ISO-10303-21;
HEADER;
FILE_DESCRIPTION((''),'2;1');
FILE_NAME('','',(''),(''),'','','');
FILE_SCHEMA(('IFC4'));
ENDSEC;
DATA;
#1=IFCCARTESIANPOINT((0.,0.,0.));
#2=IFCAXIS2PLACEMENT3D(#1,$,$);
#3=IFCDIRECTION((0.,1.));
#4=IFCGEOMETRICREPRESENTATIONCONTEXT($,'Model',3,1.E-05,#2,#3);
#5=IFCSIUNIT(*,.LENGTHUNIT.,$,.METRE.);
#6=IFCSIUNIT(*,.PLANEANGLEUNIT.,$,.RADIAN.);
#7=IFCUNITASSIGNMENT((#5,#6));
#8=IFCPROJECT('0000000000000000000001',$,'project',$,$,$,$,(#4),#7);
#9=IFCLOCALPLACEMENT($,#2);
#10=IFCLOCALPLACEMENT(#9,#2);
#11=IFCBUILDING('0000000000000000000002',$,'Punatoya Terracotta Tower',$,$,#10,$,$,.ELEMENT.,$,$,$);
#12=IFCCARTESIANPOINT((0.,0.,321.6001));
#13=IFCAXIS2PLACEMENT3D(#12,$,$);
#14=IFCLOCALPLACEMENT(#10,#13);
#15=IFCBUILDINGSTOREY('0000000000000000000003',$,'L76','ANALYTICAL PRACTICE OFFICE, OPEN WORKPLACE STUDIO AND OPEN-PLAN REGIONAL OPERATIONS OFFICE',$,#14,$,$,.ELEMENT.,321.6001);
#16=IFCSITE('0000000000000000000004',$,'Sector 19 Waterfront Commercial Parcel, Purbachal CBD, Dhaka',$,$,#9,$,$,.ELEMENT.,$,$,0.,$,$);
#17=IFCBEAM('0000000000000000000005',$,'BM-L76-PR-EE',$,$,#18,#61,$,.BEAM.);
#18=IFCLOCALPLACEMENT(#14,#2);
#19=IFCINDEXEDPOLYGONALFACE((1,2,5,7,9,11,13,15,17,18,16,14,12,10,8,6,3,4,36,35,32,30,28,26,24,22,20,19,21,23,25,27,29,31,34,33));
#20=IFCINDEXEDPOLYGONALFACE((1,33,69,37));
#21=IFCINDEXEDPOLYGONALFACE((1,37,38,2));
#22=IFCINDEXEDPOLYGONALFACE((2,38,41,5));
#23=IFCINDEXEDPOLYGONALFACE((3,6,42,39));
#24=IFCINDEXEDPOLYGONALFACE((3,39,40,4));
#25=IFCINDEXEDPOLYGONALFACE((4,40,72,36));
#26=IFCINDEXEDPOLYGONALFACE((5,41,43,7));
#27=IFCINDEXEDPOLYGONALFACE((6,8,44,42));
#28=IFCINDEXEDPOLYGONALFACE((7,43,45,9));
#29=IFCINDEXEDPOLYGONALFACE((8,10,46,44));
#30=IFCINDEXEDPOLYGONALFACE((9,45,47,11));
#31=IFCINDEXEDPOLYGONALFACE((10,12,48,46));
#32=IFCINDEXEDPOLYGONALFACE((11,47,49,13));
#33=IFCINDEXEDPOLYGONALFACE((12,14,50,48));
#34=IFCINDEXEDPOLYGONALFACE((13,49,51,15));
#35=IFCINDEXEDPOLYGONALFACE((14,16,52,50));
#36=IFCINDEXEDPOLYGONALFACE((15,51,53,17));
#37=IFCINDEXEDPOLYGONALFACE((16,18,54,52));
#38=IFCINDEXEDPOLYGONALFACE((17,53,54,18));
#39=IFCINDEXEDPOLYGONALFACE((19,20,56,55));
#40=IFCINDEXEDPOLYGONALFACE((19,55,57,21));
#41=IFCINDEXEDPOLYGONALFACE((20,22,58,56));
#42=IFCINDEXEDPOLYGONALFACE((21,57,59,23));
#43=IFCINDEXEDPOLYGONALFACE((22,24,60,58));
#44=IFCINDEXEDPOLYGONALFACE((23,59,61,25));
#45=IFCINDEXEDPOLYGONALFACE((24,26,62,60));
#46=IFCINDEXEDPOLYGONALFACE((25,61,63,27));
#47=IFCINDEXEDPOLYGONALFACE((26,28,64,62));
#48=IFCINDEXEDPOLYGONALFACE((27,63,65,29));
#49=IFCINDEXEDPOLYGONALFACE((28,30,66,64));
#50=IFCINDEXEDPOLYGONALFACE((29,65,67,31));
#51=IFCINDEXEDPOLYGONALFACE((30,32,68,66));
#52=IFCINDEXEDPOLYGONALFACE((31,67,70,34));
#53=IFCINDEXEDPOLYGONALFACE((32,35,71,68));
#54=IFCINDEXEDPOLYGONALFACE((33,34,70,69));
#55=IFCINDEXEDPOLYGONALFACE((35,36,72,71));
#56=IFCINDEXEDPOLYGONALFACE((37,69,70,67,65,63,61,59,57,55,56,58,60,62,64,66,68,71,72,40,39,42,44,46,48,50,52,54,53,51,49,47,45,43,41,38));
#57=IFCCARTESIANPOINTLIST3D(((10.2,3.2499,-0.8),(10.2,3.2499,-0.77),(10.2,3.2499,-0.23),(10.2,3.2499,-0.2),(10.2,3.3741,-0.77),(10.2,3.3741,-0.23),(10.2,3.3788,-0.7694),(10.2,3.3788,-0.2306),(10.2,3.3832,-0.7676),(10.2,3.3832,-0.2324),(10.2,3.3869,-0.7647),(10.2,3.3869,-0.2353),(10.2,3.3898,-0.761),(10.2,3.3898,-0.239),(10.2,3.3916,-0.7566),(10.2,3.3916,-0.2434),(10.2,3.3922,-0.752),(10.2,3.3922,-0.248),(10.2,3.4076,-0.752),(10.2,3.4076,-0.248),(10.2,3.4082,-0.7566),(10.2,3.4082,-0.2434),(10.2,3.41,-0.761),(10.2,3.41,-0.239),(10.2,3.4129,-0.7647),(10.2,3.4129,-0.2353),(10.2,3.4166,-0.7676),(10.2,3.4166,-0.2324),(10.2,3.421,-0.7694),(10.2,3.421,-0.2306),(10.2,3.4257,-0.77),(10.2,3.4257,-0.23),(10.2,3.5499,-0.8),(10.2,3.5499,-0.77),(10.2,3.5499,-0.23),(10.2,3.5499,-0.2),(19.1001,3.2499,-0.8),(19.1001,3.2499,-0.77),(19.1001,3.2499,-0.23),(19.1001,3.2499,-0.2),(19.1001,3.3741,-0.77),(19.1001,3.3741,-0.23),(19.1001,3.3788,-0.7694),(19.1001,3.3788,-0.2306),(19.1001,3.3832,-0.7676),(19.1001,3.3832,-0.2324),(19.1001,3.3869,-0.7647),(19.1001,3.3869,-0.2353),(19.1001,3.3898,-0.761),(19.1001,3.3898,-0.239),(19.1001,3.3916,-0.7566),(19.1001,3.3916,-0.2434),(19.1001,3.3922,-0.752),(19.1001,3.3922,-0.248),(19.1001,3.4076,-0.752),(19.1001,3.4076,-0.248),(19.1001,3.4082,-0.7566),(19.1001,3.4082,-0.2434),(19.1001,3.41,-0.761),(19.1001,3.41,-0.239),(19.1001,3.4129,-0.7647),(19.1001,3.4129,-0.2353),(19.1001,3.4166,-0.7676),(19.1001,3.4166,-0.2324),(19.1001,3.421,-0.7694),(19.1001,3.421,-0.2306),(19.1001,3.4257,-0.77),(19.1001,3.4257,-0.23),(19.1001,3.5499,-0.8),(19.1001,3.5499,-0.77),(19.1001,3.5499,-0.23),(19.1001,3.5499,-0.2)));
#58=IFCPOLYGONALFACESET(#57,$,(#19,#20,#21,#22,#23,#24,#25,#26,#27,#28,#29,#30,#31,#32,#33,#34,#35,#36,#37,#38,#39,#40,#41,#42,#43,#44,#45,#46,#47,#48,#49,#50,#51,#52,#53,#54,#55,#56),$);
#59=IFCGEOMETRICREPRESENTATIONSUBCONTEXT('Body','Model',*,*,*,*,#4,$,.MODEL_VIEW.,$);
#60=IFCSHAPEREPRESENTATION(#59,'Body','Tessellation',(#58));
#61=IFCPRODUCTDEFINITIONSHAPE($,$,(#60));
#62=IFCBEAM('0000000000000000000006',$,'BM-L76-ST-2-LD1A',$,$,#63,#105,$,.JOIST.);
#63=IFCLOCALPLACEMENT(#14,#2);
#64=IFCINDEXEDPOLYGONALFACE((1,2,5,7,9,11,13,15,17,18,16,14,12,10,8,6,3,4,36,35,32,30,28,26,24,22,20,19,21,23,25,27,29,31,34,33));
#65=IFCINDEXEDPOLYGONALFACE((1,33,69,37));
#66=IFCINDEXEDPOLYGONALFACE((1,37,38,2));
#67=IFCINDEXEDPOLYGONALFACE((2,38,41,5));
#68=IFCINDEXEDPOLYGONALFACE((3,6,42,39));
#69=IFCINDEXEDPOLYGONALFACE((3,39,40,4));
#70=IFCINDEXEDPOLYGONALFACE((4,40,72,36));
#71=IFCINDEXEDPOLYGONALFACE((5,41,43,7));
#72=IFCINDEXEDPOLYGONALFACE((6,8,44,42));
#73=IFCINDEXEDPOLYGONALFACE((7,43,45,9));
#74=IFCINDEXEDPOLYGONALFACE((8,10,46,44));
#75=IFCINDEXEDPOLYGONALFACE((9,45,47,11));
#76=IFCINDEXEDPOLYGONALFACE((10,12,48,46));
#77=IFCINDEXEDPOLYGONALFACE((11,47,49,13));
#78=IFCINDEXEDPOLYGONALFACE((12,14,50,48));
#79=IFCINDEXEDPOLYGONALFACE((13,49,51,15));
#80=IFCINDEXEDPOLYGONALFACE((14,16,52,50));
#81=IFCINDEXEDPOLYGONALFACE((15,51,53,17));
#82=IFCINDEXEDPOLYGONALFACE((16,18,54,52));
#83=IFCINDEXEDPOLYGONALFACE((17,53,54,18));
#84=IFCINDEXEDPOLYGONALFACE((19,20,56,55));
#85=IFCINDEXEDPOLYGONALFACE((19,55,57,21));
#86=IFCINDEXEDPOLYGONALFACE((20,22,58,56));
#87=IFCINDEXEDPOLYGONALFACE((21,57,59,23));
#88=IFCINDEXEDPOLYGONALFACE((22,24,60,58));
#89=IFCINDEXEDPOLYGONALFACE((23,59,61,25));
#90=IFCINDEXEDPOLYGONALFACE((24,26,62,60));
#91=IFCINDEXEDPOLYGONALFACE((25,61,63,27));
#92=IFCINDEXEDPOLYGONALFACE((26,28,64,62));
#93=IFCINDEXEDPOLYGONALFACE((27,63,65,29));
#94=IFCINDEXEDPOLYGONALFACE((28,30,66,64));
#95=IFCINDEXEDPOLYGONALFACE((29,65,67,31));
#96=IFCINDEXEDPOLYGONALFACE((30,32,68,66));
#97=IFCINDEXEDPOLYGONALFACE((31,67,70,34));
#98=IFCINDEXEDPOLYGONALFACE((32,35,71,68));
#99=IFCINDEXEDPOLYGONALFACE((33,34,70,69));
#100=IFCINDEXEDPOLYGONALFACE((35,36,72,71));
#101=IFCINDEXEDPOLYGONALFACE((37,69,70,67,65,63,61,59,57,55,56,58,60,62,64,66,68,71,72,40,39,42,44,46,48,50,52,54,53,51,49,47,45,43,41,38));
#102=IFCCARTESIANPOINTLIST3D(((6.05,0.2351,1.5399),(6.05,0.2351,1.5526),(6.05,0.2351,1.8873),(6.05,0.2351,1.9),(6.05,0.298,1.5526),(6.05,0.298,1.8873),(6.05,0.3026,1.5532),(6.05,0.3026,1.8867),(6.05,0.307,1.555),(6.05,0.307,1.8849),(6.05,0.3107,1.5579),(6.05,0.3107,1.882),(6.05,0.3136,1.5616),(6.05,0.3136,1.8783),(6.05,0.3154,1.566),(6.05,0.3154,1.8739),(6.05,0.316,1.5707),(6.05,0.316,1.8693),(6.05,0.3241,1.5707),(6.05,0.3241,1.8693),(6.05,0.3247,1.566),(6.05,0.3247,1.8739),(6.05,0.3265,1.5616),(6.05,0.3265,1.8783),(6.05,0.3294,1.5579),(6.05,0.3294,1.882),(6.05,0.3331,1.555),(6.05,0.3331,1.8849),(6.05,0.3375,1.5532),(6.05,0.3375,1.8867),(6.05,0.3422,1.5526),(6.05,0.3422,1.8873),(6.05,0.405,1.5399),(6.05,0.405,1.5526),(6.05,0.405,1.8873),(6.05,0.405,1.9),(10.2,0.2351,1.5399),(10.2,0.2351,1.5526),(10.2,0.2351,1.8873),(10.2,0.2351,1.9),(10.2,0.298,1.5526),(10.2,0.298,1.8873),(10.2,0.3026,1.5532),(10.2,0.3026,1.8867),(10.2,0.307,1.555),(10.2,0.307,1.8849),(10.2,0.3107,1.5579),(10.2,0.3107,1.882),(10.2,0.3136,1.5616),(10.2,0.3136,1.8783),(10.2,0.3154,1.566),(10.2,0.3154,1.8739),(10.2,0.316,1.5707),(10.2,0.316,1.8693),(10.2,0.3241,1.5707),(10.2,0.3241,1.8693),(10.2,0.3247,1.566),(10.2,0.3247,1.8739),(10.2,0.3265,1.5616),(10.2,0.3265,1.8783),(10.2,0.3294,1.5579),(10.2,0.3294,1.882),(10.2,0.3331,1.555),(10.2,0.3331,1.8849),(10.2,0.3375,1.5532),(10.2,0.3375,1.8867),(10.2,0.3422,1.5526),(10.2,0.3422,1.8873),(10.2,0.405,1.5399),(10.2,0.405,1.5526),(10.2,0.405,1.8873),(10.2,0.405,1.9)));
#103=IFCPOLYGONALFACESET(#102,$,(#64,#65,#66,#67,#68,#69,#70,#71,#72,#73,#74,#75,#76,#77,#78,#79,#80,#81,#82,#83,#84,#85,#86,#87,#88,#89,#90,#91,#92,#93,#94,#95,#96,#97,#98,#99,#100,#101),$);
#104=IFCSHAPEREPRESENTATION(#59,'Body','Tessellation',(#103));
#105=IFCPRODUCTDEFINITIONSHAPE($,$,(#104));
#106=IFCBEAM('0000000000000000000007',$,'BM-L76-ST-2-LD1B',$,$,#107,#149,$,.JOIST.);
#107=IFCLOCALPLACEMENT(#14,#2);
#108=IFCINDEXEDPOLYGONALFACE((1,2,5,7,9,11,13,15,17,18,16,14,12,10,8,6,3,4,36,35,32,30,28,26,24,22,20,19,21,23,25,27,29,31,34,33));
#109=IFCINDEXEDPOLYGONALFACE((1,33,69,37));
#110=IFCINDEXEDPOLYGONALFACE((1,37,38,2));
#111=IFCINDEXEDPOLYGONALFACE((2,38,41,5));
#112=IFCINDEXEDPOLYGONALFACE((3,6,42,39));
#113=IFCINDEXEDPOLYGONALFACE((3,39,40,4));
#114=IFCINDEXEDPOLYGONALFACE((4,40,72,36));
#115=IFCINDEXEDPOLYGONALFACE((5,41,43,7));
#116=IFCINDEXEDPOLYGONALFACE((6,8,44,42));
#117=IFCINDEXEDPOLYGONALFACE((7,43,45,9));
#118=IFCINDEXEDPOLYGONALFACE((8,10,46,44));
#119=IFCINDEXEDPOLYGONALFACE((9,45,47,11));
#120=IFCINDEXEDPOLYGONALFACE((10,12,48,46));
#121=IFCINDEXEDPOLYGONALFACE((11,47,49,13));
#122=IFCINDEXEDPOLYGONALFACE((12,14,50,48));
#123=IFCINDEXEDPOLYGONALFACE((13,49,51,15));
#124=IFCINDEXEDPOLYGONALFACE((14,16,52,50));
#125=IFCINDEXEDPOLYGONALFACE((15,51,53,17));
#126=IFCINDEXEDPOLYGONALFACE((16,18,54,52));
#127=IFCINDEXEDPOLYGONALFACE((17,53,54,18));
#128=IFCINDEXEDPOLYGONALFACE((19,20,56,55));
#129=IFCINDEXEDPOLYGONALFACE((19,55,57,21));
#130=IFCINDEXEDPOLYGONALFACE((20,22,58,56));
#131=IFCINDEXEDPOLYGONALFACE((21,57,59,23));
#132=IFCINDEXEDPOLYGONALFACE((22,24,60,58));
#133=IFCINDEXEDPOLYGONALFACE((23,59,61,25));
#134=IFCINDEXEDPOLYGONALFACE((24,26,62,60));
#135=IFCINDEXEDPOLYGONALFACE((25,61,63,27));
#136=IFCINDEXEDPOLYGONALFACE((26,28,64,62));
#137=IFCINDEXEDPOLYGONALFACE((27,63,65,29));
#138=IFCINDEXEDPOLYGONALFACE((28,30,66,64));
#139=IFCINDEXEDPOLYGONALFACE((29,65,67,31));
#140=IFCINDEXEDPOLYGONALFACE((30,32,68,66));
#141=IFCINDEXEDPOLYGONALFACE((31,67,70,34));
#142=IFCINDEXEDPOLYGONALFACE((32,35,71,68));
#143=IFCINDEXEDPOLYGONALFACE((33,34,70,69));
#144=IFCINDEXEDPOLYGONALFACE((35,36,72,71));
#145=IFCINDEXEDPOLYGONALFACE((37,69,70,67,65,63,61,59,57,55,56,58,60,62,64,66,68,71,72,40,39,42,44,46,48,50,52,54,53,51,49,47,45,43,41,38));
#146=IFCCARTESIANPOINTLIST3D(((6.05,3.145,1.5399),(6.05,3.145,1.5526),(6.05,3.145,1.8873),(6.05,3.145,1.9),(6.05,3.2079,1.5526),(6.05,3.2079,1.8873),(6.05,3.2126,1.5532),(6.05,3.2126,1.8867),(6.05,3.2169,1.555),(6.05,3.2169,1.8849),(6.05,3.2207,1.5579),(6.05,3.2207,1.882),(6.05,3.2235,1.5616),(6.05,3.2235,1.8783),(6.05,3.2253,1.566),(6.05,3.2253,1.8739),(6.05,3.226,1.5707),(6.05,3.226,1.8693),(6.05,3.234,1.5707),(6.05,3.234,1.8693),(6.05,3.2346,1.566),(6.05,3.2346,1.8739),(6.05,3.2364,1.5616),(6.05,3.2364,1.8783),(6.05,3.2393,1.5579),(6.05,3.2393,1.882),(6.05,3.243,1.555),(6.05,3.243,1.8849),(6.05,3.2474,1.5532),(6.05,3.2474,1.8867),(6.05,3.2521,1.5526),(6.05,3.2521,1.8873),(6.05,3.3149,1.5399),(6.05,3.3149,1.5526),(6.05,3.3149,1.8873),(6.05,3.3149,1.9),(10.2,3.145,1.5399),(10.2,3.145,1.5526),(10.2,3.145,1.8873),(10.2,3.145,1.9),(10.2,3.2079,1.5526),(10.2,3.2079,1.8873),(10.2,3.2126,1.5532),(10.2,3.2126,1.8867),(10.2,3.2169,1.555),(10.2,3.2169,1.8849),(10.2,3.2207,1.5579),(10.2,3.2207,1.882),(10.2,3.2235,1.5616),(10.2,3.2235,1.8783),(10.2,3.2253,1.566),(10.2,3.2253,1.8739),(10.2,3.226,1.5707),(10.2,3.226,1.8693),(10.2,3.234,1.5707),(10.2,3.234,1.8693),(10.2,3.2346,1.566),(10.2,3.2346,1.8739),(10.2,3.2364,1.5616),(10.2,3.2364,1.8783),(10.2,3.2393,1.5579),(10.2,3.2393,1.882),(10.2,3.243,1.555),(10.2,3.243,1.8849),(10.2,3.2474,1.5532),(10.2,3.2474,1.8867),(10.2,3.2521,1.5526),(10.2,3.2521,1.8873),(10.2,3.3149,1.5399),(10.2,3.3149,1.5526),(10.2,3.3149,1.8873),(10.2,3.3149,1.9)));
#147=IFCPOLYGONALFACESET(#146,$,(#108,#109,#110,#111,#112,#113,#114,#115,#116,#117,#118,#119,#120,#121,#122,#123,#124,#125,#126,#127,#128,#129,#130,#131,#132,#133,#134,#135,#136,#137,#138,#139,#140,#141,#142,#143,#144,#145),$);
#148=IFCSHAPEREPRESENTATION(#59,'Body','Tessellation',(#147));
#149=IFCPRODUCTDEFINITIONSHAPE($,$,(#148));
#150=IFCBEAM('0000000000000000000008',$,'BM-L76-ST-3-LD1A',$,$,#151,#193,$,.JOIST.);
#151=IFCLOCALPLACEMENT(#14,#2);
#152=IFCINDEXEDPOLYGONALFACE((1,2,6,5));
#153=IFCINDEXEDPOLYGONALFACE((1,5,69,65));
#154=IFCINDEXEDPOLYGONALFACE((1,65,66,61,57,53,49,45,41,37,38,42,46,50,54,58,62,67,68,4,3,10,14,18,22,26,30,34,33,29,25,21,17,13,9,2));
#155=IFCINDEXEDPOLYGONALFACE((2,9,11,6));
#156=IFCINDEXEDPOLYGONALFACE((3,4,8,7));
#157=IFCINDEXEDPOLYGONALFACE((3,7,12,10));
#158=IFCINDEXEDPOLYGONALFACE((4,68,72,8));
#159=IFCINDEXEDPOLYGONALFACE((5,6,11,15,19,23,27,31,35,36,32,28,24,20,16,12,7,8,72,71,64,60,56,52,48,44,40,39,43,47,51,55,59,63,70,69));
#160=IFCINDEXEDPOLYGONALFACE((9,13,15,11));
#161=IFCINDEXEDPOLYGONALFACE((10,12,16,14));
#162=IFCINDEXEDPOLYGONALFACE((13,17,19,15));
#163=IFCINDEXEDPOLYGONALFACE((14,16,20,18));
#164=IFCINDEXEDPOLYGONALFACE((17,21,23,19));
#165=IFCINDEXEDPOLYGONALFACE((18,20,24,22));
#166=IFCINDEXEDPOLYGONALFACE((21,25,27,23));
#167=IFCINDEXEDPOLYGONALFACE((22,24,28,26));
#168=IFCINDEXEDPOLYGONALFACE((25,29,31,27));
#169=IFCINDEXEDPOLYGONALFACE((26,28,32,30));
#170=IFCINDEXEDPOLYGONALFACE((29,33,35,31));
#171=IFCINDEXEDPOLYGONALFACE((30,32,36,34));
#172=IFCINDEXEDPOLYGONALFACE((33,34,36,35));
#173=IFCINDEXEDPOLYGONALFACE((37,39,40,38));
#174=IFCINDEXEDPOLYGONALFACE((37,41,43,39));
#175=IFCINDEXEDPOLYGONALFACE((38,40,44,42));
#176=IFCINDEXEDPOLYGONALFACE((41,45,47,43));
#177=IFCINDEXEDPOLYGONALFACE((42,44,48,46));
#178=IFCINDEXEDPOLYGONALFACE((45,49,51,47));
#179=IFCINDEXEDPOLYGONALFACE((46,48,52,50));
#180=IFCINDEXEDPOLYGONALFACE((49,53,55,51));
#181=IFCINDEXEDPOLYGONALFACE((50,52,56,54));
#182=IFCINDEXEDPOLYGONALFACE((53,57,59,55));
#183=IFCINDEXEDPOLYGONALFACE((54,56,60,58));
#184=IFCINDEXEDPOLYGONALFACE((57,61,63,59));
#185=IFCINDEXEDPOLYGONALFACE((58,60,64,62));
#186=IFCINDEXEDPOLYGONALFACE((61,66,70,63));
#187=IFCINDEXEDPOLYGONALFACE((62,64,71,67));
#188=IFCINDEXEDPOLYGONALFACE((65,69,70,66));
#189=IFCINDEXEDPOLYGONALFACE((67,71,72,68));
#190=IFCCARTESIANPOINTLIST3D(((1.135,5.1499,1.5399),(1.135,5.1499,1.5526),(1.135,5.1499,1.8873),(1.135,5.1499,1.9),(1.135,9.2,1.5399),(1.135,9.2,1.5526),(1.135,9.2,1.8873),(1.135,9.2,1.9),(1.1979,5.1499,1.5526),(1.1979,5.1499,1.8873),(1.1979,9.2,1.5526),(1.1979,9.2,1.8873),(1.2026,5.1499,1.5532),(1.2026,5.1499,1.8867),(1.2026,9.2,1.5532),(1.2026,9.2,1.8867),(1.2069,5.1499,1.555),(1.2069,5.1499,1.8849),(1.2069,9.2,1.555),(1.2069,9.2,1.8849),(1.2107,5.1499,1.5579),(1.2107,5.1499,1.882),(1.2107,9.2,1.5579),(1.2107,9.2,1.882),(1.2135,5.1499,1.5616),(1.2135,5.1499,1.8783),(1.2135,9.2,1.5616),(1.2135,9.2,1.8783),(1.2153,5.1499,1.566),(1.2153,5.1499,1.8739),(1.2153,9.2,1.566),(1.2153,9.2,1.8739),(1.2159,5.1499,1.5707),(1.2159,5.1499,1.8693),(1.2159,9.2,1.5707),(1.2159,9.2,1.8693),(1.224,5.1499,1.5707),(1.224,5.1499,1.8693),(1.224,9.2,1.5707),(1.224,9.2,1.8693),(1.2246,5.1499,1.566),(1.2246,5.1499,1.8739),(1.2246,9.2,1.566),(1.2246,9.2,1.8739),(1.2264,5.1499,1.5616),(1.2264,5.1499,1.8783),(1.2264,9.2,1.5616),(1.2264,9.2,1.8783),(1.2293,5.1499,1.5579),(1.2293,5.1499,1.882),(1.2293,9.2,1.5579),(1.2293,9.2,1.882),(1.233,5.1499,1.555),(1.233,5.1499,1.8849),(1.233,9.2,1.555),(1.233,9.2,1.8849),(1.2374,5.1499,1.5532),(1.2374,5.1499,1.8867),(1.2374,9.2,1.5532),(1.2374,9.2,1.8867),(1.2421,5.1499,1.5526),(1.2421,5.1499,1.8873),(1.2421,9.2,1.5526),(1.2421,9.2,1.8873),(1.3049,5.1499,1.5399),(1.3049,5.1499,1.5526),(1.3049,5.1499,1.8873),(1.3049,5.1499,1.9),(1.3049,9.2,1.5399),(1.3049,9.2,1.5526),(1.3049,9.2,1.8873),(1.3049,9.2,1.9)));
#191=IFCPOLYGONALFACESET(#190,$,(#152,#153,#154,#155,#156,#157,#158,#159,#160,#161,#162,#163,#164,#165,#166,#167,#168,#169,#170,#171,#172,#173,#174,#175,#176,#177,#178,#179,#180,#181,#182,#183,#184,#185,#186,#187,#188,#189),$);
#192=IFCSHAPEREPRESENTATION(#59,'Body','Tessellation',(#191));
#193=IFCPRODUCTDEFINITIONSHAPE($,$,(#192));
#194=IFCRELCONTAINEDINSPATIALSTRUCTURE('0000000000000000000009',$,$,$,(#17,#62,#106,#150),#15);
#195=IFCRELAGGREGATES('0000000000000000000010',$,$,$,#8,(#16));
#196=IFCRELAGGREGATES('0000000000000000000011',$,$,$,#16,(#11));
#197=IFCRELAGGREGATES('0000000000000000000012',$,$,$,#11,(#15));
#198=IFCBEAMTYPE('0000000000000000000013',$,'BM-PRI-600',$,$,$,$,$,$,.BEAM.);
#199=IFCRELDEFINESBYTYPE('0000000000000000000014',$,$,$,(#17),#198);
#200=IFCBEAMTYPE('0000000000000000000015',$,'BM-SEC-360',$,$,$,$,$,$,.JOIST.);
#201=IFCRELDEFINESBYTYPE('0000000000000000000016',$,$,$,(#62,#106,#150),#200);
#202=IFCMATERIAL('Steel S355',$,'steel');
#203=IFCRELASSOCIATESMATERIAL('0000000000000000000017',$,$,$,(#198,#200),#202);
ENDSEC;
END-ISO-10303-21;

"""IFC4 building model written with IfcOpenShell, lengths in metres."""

from ifc_helpers import new_model, si_unit, direction, frame, origin, origin_2d, place, context, subcontext, project, spatial, i_section, extrude, material, material_profile, profile_set, type_object, element, save


model = new_model("IFC4")

# Units and contexts
model_context = context("Model", 3, precision=1e-05, world=origin(), true_north=direction((0.0, 1.0)))
body_context = subcontext(model_context, "Body", "Model", "MODEL_VIEW")
ifc_project = project(units=[si_unit("LENGTHUNIT", "METRE"), si_unit("PLANEANGLEUNIT", "RADIAN")], contexts=[model_context])

# Site, building, storey
site_placement = place(None, origin())
site = spatial("IfcSite", under=ifc_project, at=site_placement, Name="Sector 19 Waterfront Commercial Parcel, Purbachal CBD, Dhaka", CompositionType="ELEMENT", RefElevation=0.0)
building_placement = place(site_placement, origin())
building = spatial("IfcBuilding", under=site, at=building_placement, Name="Punatoya Terracotta Tower", CompositionType="ELEMENT")
storey_placement = place(building_placement, frame((0.0, 0.0, 321.6001)))
storey = spatial("IfcBuildingStorey", under=building, at=storey_placement, Name="L76", Description="ANALYTICAL PRACTICE OFFICE, OPEN WORKPLACE STUDIO AND OPEN-PLAN REGIONAL OPERATIONS OFFICE", CompositionType="ELEMENT", Elevation=321.6001)

# Beams
ifc_material_1 = material(Name="Steel S355", Category="steel")
ifc_material_profile_1 = material_profile(ifc_material_1, i_section(OverallWidth=0.3, OverallDepth=0.6001, WebThickness=0.0154, FlangeThickness=0.03, FilletRadius=0.0181, at=origin_2d()))
ifc_profile_set_1 = profile_set([ifc_material_profile_1], Name="Steel S355")
beam_type_1 = type_object("IfcBeamType", Name="BM-PRI-600", PredefinedType="BEAM", material=ifc_profile_set_1)
beam_placement = place(storey_placement, frame((10.2, 3.3999, -0.5), z_axis=(1.0, 0.0, 0.0), x_axis=(0.0, 1.0, 0.0)))
element("IfcBeam", 1, at=beam_placement, inside=storey, type_object=beam_type_1, Name="BM-L76-PR-EE", PredefinedType="BEAM", context=body_context, shape_type="SweptSolid", body=[
    extrude(i_section(OverallWidth=0.3, OverallDepth=0.6001, WebThickness=0.0154, FlangeThickness=0.03, FilletRadius=0.0181, at=origin_2d()), origin(), (0.0, 0.0, 1.0), 8.9001),
])
ifc_material_profile_2 = material_profile(ifc_material_1, i_section(OverallWidth=0.1699, OverallDepth=0.3601, WebThickness=0.0081, FlangeThickness=0.0127, FilletRadius=0.0181, at=origin_2d()))
ifc_profile_set_2 = profile_set([ifc_material_profile_2], Name="Steel S355")
beam_type_2 = type_object("IfcBeamType", Name="BM-SEC-360", PredefinedType="JOIST", material=ifc_profile_set_2)
for number, where, z_axis, x_axis, name in (
    (2, (6.05, 0.3201, 1.72), (1.0, 0.0, 0.0), (0.0, 1.0, 0.0), "BM-L76-ST-2-LD1A"),
    (3, (6.05, 3.23, 1.72), (1.0, 0.0, 0.0), (0.0, 1.0, 0.0), "BM-L76-ST-2-LD1B"),
):
    element("IfcBeam", number, at=place(storey_placement, frame(where, z_axis=z_axis, x_axis=x_axis)), inside=storey, type_object=beam_type_2, Name=name, PredefinedType="JOIST", context=body_context, shape_type="SweptSolid", body=[
        extrude(i_section(OverallWidth=0.1699, OverallDepth=0.3601, WebThickness=0.0081, FlangeThickness=0.0127, FilletRadius=0.0181, at=origin_2d()), origin(), (0.0, 0.0, 1.0), 4.1499),
    ])
for number, where, z_axis, x_axis, name in (
    (4, (1.22, 5.1499, 1.72), (0.0, 1.0, 0.0), (-1.0, 0.0, 0.0), "BM-L76-ST-3-LD1A"),
):
    element("IfcBeam", number, at=place(storey_placement, frame(where, z_axis=z_axis, x_axis=x_axis)), inside=storey, type_object=beam_type_2, Name=name, PredefinedType="JOIST", context=body_context, shape_type="SweptSolid", body=[
        extrude(i_section(OverallWidth=0.1699, OverallDepth=0.3601, WebThickness=0.0081, FlangeThickness=0.0127, FilletRadius=0.0181, at=origin_2d()), origin(), (0.0, 0.0, 1.0), 4.05),
    ])

save(model, "model.ifc")
